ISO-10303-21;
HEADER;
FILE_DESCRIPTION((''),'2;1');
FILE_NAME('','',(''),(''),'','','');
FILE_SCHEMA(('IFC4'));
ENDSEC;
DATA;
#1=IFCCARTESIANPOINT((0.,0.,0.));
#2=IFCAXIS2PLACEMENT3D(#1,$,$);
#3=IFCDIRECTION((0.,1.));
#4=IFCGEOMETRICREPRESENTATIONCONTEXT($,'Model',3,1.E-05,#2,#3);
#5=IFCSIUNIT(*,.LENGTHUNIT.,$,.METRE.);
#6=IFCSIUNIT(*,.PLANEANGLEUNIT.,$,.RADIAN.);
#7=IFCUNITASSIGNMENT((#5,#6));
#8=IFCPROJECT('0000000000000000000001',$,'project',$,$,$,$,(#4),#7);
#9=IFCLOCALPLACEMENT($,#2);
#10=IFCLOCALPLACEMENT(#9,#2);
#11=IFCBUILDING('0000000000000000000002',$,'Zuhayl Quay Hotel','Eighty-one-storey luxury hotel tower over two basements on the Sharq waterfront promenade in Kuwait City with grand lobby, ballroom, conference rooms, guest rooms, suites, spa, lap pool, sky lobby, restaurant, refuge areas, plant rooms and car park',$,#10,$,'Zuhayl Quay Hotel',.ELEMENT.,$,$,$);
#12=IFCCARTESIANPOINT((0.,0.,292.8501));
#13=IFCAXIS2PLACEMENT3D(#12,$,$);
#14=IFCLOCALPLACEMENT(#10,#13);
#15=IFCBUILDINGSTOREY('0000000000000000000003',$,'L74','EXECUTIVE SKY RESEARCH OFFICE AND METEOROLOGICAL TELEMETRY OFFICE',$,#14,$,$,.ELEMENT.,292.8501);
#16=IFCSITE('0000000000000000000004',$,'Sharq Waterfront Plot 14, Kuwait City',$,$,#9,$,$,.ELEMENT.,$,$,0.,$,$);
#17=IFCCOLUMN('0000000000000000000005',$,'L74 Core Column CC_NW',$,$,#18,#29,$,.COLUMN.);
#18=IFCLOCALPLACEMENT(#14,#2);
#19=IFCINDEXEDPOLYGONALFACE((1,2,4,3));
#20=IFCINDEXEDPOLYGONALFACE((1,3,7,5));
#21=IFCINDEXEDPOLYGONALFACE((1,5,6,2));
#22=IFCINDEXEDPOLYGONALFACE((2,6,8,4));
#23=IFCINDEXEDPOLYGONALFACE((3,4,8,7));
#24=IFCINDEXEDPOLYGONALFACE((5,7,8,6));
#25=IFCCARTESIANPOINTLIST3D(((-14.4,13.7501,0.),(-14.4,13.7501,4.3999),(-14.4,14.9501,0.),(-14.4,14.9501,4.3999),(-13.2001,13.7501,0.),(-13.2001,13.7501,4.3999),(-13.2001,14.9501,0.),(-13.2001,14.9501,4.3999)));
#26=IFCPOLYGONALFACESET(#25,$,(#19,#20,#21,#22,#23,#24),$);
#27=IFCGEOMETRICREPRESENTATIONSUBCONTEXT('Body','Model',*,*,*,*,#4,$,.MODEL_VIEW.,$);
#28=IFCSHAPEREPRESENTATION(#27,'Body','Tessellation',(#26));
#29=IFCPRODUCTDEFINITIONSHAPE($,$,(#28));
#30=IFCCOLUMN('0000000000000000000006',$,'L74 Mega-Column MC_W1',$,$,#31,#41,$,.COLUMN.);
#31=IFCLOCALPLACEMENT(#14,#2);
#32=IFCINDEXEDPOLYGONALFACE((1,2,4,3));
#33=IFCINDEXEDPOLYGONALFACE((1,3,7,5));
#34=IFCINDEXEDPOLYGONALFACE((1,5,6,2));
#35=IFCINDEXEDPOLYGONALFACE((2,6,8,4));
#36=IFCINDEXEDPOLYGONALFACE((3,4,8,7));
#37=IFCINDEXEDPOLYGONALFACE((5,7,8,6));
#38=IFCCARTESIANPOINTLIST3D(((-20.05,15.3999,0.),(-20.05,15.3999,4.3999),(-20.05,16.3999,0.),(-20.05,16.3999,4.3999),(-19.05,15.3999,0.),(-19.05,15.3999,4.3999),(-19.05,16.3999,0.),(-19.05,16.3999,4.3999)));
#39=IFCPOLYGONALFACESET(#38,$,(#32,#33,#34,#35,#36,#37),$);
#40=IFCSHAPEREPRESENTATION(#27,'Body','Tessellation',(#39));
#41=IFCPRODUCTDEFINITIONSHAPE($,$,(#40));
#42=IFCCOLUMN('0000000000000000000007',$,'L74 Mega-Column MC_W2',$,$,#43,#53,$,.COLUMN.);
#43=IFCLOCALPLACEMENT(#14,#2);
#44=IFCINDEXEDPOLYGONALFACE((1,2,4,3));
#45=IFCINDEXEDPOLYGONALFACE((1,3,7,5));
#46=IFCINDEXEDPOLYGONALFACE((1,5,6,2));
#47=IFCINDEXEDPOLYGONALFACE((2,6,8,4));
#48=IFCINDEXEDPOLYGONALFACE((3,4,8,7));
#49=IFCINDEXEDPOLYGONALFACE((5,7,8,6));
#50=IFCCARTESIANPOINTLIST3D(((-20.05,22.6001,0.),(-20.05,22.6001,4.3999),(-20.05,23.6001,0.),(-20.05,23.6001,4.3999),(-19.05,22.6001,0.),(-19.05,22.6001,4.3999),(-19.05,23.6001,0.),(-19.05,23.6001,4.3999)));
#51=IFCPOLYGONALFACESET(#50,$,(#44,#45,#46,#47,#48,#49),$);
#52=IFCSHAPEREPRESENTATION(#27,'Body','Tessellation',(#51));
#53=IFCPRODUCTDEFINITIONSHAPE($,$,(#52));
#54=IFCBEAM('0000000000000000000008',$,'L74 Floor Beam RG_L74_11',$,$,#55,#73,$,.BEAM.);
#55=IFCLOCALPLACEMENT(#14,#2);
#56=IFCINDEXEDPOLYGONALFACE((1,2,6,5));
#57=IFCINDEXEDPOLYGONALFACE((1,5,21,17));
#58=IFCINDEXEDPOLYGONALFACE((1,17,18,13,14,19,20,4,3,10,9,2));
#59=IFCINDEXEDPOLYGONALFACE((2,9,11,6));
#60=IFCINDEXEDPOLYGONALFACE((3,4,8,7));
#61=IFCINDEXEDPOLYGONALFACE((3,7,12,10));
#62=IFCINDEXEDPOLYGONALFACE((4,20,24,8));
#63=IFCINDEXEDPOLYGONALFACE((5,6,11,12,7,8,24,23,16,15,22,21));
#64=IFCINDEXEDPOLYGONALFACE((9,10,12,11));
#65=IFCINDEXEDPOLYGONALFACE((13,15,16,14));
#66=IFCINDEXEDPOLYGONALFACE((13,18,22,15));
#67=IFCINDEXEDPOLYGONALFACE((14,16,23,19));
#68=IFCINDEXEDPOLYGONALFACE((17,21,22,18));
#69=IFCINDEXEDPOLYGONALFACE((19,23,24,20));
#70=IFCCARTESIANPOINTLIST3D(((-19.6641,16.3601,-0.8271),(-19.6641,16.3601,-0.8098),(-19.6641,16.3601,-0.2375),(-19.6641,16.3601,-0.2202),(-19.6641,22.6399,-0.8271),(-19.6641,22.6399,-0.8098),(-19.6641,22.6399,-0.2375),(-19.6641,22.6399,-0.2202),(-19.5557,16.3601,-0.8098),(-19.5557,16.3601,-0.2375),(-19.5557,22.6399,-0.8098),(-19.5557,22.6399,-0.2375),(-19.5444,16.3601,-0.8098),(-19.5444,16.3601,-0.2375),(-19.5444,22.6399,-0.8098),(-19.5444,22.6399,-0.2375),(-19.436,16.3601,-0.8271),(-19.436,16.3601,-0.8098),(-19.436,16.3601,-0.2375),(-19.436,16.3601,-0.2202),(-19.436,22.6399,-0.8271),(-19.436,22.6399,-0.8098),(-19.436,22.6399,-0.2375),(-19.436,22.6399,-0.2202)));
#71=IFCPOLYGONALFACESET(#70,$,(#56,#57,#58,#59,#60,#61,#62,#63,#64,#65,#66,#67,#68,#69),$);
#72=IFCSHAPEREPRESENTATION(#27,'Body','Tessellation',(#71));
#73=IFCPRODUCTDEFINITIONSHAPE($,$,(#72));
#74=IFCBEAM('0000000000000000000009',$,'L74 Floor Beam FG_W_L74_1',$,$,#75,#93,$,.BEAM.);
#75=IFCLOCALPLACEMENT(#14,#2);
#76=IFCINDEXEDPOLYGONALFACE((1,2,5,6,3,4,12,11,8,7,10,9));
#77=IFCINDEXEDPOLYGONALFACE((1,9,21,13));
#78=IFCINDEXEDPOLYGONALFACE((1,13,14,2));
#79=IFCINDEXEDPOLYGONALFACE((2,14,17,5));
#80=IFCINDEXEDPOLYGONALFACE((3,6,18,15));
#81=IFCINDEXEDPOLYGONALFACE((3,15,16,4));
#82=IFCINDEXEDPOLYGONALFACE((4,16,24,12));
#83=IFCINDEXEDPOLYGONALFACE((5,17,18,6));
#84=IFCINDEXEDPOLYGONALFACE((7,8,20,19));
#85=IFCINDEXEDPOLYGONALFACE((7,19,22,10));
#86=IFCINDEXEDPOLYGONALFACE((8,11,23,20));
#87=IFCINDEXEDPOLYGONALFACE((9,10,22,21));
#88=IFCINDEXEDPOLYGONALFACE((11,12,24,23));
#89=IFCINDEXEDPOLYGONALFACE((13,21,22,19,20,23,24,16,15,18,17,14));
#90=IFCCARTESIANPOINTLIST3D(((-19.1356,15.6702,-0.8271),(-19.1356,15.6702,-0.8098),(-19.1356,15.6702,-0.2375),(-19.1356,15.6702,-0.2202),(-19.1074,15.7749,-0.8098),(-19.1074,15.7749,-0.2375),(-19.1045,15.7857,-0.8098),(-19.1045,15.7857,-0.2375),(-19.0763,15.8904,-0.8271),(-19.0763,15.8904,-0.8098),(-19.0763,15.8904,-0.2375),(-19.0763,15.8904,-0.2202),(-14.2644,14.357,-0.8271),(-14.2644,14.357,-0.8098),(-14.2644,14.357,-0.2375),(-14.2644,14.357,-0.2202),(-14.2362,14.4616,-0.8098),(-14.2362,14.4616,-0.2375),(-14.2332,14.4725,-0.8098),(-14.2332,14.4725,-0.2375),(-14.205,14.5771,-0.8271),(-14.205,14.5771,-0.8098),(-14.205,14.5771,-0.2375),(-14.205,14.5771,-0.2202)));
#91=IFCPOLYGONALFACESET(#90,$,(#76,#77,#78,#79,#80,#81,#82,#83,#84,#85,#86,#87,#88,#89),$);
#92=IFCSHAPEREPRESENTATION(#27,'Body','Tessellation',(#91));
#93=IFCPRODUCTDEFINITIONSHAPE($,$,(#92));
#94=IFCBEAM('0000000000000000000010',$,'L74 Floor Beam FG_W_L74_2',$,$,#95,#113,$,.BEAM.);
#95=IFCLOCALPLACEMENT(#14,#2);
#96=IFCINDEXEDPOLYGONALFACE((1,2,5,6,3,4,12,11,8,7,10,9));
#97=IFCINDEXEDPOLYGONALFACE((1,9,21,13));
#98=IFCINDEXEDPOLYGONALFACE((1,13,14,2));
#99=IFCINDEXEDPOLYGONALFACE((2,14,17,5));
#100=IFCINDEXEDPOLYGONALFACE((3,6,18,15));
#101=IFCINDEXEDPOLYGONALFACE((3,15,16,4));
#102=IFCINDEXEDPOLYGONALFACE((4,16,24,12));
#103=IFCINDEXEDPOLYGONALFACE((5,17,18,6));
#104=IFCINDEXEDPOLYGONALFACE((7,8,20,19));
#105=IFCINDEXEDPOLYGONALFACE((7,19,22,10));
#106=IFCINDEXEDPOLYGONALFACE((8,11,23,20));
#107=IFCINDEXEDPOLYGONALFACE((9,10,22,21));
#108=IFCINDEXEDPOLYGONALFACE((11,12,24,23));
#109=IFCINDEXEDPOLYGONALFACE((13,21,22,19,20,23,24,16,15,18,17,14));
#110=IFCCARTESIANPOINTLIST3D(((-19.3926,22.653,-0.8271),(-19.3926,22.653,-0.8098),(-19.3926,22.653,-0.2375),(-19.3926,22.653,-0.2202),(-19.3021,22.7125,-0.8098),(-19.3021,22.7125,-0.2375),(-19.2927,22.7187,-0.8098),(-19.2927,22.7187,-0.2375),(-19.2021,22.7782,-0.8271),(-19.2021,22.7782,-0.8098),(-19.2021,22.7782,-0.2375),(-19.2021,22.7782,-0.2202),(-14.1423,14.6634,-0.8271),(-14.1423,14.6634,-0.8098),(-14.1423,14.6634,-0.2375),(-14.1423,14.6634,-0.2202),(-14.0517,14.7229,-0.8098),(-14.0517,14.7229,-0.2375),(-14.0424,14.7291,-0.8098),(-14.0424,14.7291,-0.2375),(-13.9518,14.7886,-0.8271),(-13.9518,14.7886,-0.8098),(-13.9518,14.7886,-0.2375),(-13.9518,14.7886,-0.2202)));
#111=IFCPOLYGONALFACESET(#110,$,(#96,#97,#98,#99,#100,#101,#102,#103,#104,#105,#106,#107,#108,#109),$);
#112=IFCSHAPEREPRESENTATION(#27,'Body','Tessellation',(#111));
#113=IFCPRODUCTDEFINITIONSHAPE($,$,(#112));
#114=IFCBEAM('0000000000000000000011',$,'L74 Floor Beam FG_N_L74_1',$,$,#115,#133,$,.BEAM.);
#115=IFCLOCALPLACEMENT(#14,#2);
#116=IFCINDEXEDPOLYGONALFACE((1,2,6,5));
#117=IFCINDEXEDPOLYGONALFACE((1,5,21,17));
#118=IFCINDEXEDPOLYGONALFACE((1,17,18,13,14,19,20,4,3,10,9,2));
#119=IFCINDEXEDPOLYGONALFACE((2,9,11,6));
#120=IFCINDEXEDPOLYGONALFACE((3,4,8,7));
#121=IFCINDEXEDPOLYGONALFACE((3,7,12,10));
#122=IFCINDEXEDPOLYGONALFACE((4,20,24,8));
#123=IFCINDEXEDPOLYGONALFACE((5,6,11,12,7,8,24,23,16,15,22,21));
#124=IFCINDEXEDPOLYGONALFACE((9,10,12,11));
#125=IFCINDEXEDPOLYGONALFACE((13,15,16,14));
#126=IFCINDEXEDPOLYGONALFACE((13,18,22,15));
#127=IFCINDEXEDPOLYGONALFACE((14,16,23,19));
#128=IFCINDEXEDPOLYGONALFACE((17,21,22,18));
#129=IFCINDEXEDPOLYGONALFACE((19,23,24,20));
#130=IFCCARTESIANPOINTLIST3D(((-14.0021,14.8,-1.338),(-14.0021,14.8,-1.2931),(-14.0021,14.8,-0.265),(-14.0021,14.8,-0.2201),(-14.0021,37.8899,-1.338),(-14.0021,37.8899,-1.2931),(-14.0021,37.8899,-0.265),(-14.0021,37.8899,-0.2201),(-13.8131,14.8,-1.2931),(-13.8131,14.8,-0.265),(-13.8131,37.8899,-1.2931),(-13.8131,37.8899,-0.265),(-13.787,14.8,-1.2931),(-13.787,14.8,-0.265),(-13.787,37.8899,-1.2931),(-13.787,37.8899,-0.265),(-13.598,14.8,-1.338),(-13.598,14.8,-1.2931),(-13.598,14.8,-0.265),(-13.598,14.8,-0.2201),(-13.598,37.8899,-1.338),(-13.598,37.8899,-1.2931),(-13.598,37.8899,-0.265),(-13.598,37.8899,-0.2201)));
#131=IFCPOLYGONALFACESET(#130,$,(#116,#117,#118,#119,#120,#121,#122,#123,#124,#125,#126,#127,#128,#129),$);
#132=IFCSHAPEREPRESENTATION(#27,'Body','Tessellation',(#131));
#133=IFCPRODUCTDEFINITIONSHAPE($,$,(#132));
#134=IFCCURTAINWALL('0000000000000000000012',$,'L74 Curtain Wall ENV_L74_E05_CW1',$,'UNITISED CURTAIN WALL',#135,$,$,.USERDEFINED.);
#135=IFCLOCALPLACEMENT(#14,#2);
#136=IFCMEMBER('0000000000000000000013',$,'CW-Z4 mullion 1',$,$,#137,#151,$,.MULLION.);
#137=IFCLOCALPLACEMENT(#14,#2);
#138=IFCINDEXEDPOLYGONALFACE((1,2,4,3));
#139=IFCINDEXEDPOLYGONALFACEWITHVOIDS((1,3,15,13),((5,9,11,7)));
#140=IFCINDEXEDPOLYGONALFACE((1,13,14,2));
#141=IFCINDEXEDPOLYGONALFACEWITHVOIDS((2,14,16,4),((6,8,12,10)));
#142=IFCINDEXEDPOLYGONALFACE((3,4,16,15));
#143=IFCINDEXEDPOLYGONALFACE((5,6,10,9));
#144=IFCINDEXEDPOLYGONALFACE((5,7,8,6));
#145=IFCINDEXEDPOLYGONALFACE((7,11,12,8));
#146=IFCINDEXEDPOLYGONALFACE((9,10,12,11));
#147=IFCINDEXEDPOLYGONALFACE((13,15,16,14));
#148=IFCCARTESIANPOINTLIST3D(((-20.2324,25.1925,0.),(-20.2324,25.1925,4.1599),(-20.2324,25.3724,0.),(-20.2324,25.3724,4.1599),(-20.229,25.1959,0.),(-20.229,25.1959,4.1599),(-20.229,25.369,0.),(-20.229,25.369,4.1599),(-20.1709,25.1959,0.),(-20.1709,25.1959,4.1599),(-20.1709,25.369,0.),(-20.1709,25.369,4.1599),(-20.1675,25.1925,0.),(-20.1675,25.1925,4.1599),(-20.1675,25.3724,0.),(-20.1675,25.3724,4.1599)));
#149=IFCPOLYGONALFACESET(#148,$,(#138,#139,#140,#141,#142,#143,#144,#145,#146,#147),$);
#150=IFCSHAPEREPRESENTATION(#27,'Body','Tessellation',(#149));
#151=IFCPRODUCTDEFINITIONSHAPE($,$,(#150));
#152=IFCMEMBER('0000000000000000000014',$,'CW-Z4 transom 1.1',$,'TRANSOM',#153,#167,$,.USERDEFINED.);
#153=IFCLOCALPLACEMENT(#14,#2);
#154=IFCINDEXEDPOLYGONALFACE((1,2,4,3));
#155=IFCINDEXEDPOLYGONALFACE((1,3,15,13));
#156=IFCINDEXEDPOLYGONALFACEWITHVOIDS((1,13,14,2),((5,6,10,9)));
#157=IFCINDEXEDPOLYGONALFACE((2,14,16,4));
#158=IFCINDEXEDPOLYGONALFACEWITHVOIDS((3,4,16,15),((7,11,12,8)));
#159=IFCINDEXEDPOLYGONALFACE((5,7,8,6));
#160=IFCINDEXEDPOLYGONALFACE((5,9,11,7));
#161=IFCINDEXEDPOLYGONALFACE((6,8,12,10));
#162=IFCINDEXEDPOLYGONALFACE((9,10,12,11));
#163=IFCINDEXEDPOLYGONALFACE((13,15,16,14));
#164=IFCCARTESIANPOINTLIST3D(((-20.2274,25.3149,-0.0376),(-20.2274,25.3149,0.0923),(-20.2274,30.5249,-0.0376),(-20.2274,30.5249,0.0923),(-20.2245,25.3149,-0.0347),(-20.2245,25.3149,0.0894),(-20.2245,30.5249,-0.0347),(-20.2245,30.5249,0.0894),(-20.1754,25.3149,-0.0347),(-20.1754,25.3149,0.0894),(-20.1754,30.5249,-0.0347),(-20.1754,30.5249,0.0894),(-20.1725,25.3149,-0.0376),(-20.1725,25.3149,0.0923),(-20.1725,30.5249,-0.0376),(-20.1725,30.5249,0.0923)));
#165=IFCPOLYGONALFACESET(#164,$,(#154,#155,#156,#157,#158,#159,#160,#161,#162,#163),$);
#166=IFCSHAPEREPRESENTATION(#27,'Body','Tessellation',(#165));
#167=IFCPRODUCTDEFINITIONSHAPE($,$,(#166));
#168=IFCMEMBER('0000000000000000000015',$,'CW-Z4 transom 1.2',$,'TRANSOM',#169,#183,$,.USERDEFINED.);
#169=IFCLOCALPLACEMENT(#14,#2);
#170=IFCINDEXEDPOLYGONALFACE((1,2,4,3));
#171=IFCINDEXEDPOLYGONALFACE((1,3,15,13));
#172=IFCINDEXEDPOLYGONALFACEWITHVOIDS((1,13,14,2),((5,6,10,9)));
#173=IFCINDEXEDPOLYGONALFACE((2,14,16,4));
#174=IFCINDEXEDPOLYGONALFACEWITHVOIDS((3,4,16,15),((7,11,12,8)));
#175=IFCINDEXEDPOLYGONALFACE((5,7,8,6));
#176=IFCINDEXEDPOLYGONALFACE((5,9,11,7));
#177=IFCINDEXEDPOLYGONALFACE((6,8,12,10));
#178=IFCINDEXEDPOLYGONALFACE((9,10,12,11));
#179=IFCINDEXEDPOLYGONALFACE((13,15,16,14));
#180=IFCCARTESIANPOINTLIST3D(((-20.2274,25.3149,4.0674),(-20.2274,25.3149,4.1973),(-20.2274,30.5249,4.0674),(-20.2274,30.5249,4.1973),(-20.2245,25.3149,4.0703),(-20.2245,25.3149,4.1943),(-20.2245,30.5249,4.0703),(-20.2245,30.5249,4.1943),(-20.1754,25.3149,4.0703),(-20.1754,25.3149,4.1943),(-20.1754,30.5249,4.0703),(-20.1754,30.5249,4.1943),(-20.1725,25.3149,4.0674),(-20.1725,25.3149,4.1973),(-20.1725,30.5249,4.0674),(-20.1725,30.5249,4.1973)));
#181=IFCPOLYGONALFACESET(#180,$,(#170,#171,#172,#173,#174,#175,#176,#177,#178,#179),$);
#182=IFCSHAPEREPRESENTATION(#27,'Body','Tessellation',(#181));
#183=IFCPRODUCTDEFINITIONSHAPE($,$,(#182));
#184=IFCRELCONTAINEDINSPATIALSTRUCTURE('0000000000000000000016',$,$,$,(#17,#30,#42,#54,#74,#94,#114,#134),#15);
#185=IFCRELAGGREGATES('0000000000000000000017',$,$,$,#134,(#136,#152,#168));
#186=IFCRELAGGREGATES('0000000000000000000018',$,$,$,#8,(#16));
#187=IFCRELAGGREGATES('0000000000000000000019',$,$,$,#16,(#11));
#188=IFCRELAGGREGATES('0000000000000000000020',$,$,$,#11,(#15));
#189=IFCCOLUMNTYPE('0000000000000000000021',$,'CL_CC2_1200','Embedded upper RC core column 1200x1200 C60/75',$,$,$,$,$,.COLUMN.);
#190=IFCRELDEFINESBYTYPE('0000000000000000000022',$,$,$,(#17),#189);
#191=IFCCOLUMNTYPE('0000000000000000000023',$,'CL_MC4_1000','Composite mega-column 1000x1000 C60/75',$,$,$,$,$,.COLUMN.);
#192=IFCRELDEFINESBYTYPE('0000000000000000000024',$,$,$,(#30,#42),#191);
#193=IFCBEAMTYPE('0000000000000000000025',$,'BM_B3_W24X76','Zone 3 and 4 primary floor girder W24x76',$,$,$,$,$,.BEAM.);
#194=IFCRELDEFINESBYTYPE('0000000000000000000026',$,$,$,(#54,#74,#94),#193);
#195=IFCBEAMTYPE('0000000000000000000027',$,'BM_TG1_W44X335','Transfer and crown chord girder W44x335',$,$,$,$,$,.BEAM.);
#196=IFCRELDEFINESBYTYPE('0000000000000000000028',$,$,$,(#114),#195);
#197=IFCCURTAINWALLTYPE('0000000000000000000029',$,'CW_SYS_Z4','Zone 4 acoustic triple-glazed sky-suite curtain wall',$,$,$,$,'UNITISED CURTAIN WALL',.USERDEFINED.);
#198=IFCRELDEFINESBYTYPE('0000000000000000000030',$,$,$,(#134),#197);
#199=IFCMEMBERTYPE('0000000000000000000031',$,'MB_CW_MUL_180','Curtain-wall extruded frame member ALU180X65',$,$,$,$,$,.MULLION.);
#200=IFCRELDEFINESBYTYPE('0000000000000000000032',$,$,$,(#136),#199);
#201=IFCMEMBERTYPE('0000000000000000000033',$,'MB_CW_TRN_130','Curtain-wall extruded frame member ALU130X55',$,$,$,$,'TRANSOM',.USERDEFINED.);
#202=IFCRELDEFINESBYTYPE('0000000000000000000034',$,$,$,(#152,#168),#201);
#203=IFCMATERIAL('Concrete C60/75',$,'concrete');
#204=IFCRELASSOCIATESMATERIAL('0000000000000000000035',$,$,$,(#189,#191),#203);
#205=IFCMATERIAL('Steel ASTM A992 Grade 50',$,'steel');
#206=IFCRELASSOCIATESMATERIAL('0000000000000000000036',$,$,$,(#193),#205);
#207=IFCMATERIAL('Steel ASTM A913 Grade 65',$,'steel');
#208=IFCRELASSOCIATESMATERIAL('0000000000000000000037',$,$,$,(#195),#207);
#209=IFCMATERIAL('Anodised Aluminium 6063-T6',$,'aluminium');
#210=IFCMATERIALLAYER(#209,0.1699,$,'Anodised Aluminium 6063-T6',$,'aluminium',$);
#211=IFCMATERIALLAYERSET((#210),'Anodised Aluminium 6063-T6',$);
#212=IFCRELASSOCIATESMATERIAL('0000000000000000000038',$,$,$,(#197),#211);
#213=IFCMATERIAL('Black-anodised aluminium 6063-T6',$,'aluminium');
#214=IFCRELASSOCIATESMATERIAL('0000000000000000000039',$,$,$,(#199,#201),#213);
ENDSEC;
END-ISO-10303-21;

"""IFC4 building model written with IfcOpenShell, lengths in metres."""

from ifc_helpers import new_model, si_unit, direction, frame, origin, origin_2d, place, context, subcontext, project, spatial, rectangle, hollow_rectangle, i_section, extrude, material, layer, layer_set, material_profile, profile_set, type_object, element, aggregate, save


model = new_model("IFC4")

# Units and contexts
model_context = context("Model", 3, precision=1e-05, world=origin(), true_north=direction((0.0, 1.0)))
body_context = subcontext(model_context, "Body", "Model", "MODEL_VIEW")
ifc_project = project(units=[si_unit("LENGTHUNIT", "METRE"), si_unit("PLANEANGLEUNIT", "RADIAN")], contexts=[model_context])

# Site, building, storey
site_placement = place(None, origin())
site = spatial("IfcSite", under=ifc_project, at=site_placement, Name="Sharq Waterfront Plot 14, Kuwait City", CompositionType="ELEMENT", RefElevation=0.0)
building_placement = place(site_placement, origin())
building = spatial("IfcBuilding", under=site, at=building_placement, Name="Zuhayl Quay Hotel", Description="Eighty-one-storey luxury hotel tower over two basements on the Sharq waterfront promenade in Kuwait City with grand lobby, ballroom, conference rooms, guest rooms, suites, spa, lap pool, sky lobby, restaurant, refuge areas, plant rooms and car park", LongName="Zuhayl Quay Hotel", CompositionType="ELEMENT")
storey_placement = place(building_placement, frame((0.0, 0.0, 292.8501)))
storey = spatial("IfcBuildingStorey", under=building, at=storey_placement, Name="L74", Description="EXECUTIVE SKY RESEARCH OFFICE AND METEOROLOGICAL TELEMETRY OFFICE", CompositionType="ELEMENT", Elevation=292.8501)

# Columns
ifc_material_1 = material(Name="Concrete C60/75", Category="concrete")
ifc_material_profile_1 = material_profile(ifc_material_1, rectangle(XDim=1.2, YDim=1.2, at=origin_2d()), Name="RC1200X1200")
ifc_profile_set_1 = profile_set([ifc_material_profile_1], Name="Concrete C60/75")
column_type_1 = type_object("IfcColumnType", Name="CL_CC2_1200", Description="Embedded upper RC core column 1200x1200 C60/75", PredefinedType="COLUMN", material=ifc_profile_set_1)
column_placement = place(storey_placement, frame((-13.8, 14.3501, 0.0), z_axis=(0.0, 0.0, 1.0), x_axis=(1.0, 0.0, 0.0)))
element("IfcColumn", 1, at=column_placement, inside=storey, type_object=column_type_1, Name="L74 Core Column CC_NW", PredefinedType="COLUMN", context=body_context, shape_type="SweptSolid", body=[
    extrude(rectangle(XDim=1.2, YDim=1.2, at=origin_2d()), origin(), (0.0, 0.0, 1.0), 4.3999),
])
ifc_material_profile_2 = material_profile(ifc_material_1, rectangle(XDim=1.0, YDim=1.0, at=origin_2d()), Name="RC1000X1000")
ifc_profile_set_2 = profile_set([ifc_material_profile_2], Name="Concrete C60/75")
column_type_2 = type_object("IfcColumnType", Name="CL_MC4_1000", Description="Composite mega-column 1000x1000 C60/75", PredefinedType="COLUMN", material=ifc_profile_set_2)
for number, where, z_axis, x_axis, name in (
    (2, (-19.55, 15.8999, 0.0), (0.0, 0.0, 1.0), (1.0, 0.0, 0.0), "L74 Mega-Column MC_W1"),
    (3, (-19.55, 23.1001, 0.0), (0.0, 0.0, 1.0), (1.0, 0.0, 0.0), "L74 Mega-Column MC_W2"),
):
    element("IfcColumn", number, at=place(storey_placement, frame(where, z_axis=z_axis, x_axis=x_axis)), inside=storey, type_object=column_type_2, Name=name, PredefinedType="COLUMN", context=body_context, shape_type="SweptSolid", body=[
        extrude(rectangle(XDim=1.0, YDim=1.0, at=origin_2d()), origin(), (0.0, 0.0, 1.0), 4.3999),
    ])

# Beams
ifc_material_2 = material(Name="Steel ASTM A992 Grade 50", Category="steel")
ifc_material_profile_3 = material_profile(ifc_material_2, i_section(OverallWidth=0.228, OverallDepth=0.6069, WebThickness=0.0112, FlangeThickness=0.0173, at=origin_2d()), Name="W24X76")
ifc_profile_set_3 = profile_set([ifc_material_profile_3], Name="Steel ASTM A992 Grade 50")
beam_type_1 = type_object("IfcBeamType", Name="BM_B3_W24X76", Description="Zone 3 and 4 primary floor girder W24x76", PredefinedType="BEAM", material=ifc_profile_set_3)
beam_1_placement = place(storey_placement, frame((-19.55, 22.6399, -0.5237), z_axis=(0.0, -1.0, 0.0), x_axis=(1.0, 0.0, 0.0)))
element("IfcBeam", 4, at=beam_1_placement, inside=storey, type_object=beam_type_1, Name="L74 Floor Beam RG_L74_11", PredefinedType="BEAM", context=body_context, shape_type="SweptSolid", body=[
    extrude(i_section(OverallWidth=0.228, OverallDepth=0.6069, WebThickness=0.0112, FlangeThickness=0.0173, at=origin_2d()), origin(), (0.0, 0.0, 1.0), 6.2798),
])
beam_2_placement = place(storey_placement, frame((-19.106, 15.7803, -0.5237), z_axis=(0.96553, -0.260291, 0.0), x_axis=(0.260291, 0.96553, 0.0)))
element("IfcBeam", 5, at=beam_2_placement, inside=storey, type_object=beam_type_1, Name="L74 Floor Beam FG_W_L74_1", PredefinedType="BEAM", context=body_context, shape_type="SweptSolid", body=[
    extrude(i_section(OverallWidth=0.228, OverallDepth=0.6069, WebThickness=0.0112, FlangeThickness=0.0173, at=origin_2d()), origin(), (0.0, 0.0, 1.0), 5.0452),
])
beam_3_placement = place(storey_placement, frame((-19.2974, 22.7156, -0.5237), z_axis=(0.549178, -0.835705, 0.0), x_axis=(0.835705, 0.549178, 0.0)))
element("IfcBeam", 6, at=beam_3_placement, inside=storey, type_object=beam_type_1, Name="L74 Floor Beam FG_W_L74_2", PredefinedType="BEAM", context=body_context, shape_type="SweptSolid", body=[
    extrude(i_section(OverallWidth=0.228, OverallDepth=0.6069, WebThickness=0.0112, FlangeThickness=0.0173, at=origin_2d()), origin(), (0.0, 0.0, 1.0), 9.5603),
])
ifc_material_3 = material(Name="Steel ASTM A913 Grade 65", Category="steel")
ifc_material_profile_4 = material_profile(ifc_material_3, i_section(OverallWidth=0.4041, OverallDepth=1.1179, WebThickness=0.0261, FlangeThickness=0.0449, at=origin_2d()), Name="W44X335")
ifc_profile_set_4 = profile_set([ifc_material_profile_4], Name="Steel ASTM A913 Grade 65")
beam_type_2 = type_object("IfcBeamType", Name="BM_TG1_W44X335", Description="Transfer and crown chord girder W44x335", PredefinedType="BEAM", material=ifc_profile_set_4)
beam_4_placement = place(storey_placement, frame((-13.8, 14.8, -0.7791), z_axis=(0.0, 1.0, 0.0), x_axis=(-1.0, 0.0, 0.0)))
element("IfcBeam", 7, at=beam_4_placement, inside=storey, type_object=beam_type_2, Name="L74 Floor Beam FG_N_L74_1", PredefinedType="BEAM", context=body_context, shape_type="SweptSolid", body=[
    extrude(i_section(OverallWidth=0.4041, OverallDepth=1.1179, WebThickness=0.0261, FlangeThickness=0.0449, at=origin_2d()), origin(), (0.0, 0.0, 1.0), 23.0898),
])

# Curtain wall, members
ifc_material_4 = material(Name="Anodised Aluminium 6063-T6", Category="aluminium")
ifc_layer_1 = layer(ifc_material_4, 0.1699, Name="Anodised Aluminium 6063-T6", Category="aluminium")
ifc_layer_set_1 = layer_set([ifc_layer_1], Name="Anodised Aluminium 6063-T6")
curtain_wall_type = type_object("IfcCurtainWallType", Name="CW_SYS_Z4", Description="Zone 4 acoustic triple-glazed sky-suite curtain wall", ElementType="UNITISED CURTAIN WALL", PredefinedType="USERDEFINED", material=ifc_layer_set_1)
curtain_wall_placement = place(storey_placement, origin())
curtain_wall = element("IfcCurtainWall", 8, at=curtain_wall_placement, inside=storey, type_object=curtain_wall_type, Name="L74 Curtain Wall ENV_L74_E05_CW1", ObjectType="UNITISED CURTAIN WALL", PredefinedType="USERDEFINED")
ifc_material_5 = material(Name="Black-anodised aluminium 6063-T6", Category="aluminium")
ifc_material_profile_5 = material_profile(ifc_material_5, hollow_rectangle(XDim=0.0649, YDim=0.1799, WallThickness=0.0034, at=origin_2d()), Name="ALU180X65")
ifc_profile_set_5 = profile_set([ifc_material_profile_5], Name="Black-anodised aluminium 6063-T6")
member_type_1 = type_object("IfcMemberType", Name="MB_CW_MUL_180", Description="Curtain-wall extruded frame member ALU180X65", PredefinedType="MULLION", material=ifc_profile_set_5)
member_1_placement = place(storey_placement, frame((-20.2, 25.2825, 0.0), z_axis=(0.0, 0.0, 1.0), x_axis=(-1.0, 0.0, 0.0)))
member_1 = element("IfcMember", 9, at=member_1_placement, type_object=member_type_1, Name="CW-Z4 mullion 1", PredefinedType="MULLION", context=body_context, shape_type="SweptSolid", body=[
    extrude(hollow_rectangle(XDim=0.0649, YDim=0.1799, WallThickness=0.0034, at=origin_2d()), origin(), (0.0, 0.0, 1.0), 4.1599),
])
ifc_material_profile_6 = material_profile(ifc_material_5, hollow_rectangle(XDim=0.0549, YDim=0.1299, WallThickness=0.0029, at=origin_2d()), Name="ALU130X55")
ifc_profile_set_6 = profile_set([ifc_material_profile_6], Name="Black-anodised aluminium 6063-T6")
member_type_2 = type_object("IfcMemberType", Name="MB_CW_TRN_130", Description="Curtain-wall extruded frame member ALU130X55", ElementType="TRANSOM", PredefinedType="USERDEFINED", material=ifc_profile_set_6)
member_2_placement = place(storey_placement, frame((-20.2, 25.3149, 0.0273), z_axis=(0.0, 1.0, 0.0), x_axis=(-1.0, 0.0, 0.0)))
member_2 = element("IfcMember", 10, at=member_2_placement, type_object=member_type_2, Name="CW-Z4 transom 1.1", ObjectType="TRANSOM", PredefinedType="USERDEFINED", context=body_context, shape_type="SweptSolid", body=[
    extrude(hollow_rectangle(XDim=0.0549, YDim=0.1299, WallThickness=0.0029, at=origin_2d()), origin(), (0.0, 0.0, 1.0), 5.21),
])
member_3_placement = place(storey_placement, frame((-20.2, 25.3149, 4.1323), z_axis=(0.0, 1.0, 0.0), x_axis=(-1.0, 0.0, 0.0)))
member_3 = element("IfcMember", 11, at=member_3_placement, type_object=member_type_2, Name="CW-Z4 transom 1.2", ObjectType="TRANSOM", PredefinedType="USERDEFINED", context=body_context, shape_type="SweptSolid", body=[
    extrude(hollow_rectangle(XDim=0.0549, YDim=0.1299, WallThickness=0.0029, at=origin_2d()), origin(), (0.0, 0.0, 1.0), 5.21),
])
aggregate(curtain_wall, [member_1, member_2, member_3])

save(model, "model.ifc")
